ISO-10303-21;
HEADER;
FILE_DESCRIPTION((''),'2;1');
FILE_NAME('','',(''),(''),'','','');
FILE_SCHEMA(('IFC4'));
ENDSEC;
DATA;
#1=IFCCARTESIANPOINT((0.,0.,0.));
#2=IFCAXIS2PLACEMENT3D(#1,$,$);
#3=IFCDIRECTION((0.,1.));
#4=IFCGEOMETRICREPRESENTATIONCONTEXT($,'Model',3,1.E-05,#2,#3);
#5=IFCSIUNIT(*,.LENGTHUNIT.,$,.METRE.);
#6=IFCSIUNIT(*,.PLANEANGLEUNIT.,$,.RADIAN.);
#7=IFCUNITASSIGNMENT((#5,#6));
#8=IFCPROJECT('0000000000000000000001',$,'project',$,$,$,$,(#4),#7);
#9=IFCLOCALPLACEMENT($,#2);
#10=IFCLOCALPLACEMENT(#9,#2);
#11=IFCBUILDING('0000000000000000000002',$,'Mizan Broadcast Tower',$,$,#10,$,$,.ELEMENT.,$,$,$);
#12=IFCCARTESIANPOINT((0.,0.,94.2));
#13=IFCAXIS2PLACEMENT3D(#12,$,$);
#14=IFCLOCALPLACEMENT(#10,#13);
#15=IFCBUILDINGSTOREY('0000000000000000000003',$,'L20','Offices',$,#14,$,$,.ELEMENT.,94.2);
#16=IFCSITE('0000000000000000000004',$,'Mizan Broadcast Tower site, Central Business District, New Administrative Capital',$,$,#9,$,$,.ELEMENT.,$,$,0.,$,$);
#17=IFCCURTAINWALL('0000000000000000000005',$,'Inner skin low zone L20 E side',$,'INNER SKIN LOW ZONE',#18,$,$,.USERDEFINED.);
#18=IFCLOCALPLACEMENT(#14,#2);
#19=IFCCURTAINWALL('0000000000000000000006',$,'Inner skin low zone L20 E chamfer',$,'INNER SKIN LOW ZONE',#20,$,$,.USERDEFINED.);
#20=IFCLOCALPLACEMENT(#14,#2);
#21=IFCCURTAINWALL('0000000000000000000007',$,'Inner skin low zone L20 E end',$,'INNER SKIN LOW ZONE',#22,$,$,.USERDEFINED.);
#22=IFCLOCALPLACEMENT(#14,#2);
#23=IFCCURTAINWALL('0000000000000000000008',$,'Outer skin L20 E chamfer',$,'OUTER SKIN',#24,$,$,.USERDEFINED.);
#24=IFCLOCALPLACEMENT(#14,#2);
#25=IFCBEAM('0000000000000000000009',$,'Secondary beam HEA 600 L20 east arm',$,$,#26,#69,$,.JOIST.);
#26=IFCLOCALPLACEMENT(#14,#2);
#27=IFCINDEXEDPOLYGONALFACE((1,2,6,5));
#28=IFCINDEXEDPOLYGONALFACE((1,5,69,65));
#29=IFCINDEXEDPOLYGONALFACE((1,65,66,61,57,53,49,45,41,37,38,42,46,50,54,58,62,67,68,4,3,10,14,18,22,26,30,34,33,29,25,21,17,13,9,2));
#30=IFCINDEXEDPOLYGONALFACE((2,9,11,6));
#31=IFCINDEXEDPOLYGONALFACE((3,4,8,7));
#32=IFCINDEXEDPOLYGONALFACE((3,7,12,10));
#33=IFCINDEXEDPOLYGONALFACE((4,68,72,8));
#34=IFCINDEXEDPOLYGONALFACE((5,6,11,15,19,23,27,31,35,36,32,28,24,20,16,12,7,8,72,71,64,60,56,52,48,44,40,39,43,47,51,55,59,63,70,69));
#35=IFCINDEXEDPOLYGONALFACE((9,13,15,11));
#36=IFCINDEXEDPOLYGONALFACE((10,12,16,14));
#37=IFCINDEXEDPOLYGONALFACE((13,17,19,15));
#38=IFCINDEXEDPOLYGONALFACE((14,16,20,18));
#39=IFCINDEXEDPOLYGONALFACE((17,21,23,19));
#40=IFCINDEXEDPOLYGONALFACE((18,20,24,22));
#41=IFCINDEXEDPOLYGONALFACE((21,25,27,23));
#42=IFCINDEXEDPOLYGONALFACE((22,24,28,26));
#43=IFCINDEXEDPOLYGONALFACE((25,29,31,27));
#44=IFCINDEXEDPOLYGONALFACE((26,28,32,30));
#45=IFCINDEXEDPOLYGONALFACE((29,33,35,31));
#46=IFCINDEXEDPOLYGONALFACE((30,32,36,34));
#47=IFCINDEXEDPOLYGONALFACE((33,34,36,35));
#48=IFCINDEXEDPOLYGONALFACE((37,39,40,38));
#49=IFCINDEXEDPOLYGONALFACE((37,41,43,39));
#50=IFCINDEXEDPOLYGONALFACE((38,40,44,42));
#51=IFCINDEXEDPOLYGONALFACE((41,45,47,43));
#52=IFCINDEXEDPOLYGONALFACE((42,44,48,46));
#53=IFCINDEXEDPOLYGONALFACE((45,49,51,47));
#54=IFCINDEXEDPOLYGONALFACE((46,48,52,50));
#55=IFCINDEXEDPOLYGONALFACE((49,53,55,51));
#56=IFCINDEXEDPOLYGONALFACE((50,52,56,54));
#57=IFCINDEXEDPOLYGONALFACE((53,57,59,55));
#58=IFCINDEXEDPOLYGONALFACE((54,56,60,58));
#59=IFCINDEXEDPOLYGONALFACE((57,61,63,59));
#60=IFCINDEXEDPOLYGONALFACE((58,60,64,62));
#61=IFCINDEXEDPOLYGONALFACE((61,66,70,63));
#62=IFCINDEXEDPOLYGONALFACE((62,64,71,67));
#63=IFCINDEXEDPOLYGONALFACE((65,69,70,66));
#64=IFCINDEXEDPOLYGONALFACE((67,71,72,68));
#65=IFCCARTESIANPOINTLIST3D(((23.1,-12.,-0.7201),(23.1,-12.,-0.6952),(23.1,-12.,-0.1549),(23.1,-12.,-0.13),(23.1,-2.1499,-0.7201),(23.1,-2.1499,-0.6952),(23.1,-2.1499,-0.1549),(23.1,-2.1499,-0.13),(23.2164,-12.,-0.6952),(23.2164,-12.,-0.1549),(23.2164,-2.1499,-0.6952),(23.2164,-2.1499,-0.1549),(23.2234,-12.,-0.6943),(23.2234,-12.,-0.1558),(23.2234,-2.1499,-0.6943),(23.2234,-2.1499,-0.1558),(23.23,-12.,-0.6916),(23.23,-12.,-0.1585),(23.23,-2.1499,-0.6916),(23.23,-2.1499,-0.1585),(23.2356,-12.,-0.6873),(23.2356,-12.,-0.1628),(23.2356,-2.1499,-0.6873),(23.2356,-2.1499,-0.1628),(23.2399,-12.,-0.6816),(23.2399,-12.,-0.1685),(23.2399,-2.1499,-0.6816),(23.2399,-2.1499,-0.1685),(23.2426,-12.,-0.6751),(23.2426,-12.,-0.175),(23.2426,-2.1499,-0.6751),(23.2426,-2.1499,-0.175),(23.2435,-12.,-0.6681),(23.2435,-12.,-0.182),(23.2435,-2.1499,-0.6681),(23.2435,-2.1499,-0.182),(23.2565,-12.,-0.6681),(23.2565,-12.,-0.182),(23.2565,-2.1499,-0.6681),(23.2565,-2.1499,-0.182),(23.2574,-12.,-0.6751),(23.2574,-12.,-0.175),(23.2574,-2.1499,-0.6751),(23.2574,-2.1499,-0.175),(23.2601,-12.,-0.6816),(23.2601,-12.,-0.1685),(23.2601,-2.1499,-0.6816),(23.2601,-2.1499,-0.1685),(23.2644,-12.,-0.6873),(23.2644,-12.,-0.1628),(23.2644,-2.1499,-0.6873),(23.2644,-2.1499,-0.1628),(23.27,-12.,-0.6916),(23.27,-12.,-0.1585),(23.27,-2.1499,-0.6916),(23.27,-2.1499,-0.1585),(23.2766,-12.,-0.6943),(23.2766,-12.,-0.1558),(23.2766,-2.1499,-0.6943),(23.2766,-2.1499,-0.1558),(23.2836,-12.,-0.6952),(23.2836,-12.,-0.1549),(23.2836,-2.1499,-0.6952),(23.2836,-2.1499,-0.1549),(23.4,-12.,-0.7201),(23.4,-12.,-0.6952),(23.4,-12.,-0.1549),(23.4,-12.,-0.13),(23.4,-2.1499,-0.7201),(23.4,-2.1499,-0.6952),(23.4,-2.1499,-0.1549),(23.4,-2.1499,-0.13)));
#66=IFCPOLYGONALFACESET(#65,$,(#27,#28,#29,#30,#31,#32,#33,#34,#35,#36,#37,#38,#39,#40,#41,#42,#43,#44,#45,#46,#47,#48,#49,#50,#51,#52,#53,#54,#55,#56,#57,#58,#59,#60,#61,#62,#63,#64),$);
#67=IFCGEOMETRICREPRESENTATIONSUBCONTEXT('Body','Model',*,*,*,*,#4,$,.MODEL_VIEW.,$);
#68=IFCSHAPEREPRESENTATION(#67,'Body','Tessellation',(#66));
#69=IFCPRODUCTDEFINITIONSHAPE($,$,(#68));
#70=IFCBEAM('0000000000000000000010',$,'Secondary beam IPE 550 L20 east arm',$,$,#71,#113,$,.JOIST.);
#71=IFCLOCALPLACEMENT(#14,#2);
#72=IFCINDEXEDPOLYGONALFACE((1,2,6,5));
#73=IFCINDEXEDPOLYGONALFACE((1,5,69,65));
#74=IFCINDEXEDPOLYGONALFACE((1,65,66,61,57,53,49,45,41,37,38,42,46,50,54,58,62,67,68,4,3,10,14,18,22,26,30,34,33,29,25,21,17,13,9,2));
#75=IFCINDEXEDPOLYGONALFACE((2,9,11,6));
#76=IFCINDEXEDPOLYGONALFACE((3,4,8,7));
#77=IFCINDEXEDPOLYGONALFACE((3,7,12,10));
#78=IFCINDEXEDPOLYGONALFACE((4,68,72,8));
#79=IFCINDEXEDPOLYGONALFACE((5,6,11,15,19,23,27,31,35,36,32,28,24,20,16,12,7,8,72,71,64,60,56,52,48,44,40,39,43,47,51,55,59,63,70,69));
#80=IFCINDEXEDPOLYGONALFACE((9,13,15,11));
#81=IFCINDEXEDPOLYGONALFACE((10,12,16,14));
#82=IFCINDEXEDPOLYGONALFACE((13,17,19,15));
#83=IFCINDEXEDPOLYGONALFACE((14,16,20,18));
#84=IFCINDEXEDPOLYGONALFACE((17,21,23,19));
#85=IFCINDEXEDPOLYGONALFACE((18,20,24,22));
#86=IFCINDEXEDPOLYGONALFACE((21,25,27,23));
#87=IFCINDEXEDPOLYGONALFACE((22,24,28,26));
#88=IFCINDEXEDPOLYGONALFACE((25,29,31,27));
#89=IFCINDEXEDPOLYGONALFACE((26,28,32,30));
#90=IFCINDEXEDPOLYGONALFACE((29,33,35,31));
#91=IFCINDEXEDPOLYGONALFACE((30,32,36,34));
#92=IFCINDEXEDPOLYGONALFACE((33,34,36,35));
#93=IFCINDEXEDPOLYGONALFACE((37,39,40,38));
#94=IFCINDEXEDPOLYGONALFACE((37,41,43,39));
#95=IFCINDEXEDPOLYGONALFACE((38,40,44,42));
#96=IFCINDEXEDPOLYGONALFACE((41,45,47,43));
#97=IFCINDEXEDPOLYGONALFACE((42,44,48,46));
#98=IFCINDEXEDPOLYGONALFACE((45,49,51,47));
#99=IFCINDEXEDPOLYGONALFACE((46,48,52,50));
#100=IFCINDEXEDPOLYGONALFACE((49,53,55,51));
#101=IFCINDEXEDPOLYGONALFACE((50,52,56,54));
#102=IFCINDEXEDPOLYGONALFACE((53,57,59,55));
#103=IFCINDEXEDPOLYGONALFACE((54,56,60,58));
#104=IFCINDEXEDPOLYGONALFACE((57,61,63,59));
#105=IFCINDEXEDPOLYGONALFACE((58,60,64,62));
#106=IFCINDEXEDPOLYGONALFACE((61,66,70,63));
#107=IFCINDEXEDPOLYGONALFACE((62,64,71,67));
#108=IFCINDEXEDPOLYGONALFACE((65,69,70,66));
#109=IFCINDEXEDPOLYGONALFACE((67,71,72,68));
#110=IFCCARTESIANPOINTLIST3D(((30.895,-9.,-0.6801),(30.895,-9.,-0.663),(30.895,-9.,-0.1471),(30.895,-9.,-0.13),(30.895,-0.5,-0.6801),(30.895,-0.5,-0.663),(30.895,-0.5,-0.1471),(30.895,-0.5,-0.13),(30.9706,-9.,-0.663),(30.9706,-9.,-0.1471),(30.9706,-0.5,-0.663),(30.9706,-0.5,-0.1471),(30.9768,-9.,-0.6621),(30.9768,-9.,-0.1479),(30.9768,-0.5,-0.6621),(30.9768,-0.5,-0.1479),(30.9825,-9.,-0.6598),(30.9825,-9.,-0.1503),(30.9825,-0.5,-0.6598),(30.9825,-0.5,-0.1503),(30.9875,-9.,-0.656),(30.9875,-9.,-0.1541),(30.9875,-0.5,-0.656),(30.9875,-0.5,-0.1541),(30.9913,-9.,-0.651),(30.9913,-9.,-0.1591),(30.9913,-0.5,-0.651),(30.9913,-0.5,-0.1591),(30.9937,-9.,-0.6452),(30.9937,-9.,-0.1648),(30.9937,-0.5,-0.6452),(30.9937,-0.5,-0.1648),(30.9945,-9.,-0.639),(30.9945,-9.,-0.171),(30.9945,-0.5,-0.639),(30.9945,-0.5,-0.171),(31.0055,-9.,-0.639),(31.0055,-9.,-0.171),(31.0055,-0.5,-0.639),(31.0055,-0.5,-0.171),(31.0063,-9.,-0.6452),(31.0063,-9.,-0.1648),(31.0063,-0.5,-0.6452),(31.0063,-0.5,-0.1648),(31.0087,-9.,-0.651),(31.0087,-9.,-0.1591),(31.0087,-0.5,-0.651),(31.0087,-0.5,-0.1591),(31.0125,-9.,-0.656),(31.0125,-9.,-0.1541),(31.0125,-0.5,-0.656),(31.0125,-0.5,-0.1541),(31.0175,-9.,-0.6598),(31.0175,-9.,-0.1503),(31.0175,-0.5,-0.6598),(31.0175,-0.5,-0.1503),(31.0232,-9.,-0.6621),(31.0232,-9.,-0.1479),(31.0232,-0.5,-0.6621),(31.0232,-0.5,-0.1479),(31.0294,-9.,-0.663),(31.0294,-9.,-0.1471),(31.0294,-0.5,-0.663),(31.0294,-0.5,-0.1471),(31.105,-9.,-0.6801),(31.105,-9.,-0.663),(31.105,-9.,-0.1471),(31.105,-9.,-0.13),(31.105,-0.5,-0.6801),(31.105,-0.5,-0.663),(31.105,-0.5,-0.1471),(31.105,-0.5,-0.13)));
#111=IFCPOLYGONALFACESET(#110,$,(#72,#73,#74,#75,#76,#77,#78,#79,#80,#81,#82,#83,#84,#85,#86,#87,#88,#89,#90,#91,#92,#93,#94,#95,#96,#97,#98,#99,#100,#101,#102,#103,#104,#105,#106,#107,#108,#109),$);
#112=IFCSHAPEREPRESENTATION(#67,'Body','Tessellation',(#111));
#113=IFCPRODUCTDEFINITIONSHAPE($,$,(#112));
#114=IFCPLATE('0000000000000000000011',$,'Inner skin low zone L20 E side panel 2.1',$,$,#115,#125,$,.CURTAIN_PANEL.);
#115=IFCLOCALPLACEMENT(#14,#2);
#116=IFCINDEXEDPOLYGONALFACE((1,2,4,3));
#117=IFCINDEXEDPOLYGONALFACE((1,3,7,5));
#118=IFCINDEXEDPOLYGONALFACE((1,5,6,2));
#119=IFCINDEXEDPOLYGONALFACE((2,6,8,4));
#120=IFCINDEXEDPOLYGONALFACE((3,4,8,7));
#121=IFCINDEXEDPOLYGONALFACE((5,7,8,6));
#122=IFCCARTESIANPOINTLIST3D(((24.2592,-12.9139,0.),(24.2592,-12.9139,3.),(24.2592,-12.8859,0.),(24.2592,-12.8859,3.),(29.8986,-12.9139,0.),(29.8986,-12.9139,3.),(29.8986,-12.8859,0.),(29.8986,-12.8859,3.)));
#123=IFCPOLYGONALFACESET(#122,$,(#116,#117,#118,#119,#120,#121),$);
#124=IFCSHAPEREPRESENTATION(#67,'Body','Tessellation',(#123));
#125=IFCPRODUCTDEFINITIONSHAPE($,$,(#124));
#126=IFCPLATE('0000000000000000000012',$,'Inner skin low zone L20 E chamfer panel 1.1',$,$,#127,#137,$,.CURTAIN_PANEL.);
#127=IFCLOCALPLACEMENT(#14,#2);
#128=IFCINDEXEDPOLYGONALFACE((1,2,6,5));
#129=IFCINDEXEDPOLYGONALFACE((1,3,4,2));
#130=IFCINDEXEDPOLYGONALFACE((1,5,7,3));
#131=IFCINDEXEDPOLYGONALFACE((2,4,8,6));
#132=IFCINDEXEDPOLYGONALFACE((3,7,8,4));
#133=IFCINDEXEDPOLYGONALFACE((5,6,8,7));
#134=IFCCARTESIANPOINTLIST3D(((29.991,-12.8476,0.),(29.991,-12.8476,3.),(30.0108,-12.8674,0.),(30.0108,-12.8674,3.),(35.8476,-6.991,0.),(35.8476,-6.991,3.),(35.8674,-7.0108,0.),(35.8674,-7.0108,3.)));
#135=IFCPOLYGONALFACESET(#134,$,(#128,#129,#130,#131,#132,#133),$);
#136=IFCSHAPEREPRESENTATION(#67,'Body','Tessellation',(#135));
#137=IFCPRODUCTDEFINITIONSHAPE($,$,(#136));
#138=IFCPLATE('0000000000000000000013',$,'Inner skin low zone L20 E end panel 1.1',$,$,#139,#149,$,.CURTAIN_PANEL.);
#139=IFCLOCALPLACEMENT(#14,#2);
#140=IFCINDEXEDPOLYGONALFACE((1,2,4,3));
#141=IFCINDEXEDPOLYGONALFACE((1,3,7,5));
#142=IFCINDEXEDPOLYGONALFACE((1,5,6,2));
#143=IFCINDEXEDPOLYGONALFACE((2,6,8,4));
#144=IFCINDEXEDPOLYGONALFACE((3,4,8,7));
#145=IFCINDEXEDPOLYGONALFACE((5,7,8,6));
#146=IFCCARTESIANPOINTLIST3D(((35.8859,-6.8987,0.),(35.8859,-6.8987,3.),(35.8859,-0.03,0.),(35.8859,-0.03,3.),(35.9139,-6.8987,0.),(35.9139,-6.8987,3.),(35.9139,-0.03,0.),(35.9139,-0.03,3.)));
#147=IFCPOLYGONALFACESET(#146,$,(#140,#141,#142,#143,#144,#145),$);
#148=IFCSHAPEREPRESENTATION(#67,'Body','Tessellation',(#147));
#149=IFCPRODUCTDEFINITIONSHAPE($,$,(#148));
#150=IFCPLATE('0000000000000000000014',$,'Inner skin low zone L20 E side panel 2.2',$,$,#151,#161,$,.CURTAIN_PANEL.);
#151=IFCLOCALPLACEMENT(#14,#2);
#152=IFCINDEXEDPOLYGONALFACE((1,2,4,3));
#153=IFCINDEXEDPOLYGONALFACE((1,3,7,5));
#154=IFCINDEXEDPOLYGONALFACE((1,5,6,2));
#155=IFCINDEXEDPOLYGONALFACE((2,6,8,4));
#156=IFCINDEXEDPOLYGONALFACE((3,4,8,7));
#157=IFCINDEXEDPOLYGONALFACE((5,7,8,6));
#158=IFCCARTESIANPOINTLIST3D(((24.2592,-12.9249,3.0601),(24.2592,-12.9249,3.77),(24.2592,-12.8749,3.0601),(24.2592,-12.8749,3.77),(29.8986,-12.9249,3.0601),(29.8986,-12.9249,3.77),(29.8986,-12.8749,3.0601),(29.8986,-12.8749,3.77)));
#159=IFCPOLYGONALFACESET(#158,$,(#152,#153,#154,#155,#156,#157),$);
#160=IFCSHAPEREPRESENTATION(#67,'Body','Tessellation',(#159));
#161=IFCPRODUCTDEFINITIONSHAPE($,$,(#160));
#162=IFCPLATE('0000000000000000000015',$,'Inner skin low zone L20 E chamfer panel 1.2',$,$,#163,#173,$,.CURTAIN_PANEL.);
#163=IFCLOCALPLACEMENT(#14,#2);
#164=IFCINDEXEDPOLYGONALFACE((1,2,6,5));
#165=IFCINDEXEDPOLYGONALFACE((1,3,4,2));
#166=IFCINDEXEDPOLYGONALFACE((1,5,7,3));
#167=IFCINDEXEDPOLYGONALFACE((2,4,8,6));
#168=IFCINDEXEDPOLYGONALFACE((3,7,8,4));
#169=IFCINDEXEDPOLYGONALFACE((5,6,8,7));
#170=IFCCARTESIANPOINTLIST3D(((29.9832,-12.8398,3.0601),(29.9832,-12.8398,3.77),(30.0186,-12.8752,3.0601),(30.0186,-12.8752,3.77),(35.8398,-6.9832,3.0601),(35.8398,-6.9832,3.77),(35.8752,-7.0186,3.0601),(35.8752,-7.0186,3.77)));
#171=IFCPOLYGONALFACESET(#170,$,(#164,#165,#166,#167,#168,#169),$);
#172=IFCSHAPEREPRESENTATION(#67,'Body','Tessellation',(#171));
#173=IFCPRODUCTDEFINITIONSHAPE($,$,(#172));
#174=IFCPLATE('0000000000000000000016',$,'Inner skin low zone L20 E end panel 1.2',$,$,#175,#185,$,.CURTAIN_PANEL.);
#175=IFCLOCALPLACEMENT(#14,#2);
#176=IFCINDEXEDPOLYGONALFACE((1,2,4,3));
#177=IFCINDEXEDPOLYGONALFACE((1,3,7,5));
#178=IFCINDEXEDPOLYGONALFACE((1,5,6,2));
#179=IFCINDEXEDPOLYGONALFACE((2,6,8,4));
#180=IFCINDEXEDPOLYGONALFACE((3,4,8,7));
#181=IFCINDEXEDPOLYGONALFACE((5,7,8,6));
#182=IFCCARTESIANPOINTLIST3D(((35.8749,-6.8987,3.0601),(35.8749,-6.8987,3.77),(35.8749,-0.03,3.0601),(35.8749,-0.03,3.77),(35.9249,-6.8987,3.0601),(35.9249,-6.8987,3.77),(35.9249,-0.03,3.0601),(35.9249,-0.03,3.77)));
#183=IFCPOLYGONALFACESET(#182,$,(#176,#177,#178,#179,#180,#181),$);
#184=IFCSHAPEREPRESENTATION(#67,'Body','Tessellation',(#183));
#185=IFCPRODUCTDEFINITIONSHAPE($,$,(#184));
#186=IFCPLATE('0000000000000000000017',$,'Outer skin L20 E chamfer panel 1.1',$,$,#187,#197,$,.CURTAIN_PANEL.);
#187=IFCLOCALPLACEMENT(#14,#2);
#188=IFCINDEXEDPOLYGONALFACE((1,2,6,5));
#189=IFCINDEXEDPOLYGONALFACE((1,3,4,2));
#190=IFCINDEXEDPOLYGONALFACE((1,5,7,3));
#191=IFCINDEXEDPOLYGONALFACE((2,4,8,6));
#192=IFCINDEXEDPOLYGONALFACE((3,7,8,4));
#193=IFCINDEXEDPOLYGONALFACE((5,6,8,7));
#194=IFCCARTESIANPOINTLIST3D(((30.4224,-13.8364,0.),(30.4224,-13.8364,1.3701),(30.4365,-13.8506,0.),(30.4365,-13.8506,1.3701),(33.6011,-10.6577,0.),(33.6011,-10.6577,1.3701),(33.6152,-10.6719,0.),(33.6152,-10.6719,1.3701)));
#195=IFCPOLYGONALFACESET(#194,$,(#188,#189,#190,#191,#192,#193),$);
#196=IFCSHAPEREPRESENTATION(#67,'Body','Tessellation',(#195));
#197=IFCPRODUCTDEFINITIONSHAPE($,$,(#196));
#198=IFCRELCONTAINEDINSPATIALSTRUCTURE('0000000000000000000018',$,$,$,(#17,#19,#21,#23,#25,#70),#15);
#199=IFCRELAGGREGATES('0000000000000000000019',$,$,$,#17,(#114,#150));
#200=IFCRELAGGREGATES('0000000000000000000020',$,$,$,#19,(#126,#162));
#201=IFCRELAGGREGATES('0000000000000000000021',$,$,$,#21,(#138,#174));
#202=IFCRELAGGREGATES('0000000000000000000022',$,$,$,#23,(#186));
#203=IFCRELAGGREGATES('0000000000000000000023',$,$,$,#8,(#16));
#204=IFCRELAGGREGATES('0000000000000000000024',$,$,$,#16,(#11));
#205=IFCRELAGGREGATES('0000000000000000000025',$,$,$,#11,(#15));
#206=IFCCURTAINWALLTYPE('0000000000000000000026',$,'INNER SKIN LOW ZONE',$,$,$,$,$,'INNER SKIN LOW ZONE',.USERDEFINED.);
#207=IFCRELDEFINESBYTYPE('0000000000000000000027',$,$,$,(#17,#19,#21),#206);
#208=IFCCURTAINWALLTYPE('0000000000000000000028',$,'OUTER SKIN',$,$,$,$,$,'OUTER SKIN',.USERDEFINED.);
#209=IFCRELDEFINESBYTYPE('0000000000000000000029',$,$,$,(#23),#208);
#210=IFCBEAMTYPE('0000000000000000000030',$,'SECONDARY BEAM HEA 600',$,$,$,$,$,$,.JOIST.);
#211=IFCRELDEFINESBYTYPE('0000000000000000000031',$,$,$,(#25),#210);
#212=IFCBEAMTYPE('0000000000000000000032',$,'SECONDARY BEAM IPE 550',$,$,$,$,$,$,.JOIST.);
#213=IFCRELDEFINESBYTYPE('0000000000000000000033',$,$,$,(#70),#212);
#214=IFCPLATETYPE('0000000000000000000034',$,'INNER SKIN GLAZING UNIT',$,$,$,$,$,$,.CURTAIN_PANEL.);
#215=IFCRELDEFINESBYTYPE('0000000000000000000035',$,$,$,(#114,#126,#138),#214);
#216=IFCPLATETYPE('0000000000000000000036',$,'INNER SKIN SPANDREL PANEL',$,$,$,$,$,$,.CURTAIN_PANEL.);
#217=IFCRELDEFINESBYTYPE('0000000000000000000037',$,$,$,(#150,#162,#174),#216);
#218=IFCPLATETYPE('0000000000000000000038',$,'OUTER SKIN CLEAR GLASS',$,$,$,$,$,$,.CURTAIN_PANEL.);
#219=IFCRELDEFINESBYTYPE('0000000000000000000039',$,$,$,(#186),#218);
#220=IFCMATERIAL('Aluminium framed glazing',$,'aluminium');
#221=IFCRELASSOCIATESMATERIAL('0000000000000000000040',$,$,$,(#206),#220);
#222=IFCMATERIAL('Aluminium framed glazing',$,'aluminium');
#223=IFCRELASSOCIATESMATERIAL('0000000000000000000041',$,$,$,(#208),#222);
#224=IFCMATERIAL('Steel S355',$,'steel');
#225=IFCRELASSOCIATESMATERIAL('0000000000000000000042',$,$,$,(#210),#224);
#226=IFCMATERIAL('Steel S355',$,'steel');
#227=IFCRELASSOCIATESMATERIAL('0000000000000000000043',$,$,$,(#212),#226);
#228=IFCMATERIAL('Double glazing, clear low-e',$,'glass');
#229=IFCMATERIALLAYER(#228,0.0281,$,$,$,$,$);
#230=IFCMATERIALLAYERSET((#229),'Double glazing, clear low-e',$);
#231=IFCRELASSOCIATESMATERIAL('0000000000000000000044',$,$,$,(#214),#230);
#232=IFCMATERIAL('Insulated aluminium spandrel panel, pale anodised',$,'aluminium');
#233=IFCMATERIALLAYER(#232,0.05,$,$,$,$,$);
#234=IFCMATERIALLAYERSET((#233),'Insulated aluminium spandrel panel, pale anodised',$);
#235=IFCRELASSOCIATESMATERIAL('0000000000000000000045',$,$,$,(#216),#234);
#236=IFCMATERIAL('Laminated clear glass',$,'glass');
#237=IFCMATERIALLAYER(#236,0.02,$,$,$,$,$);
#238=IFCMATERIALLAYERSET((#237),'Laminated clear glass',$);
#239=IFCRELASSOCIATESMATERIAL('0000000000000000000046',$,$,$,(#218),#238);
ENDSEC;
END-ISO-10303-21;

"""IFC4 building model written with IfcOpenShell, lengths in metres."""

from ifc_helpers import new_model, si_unit, direction, frame, origin, origin_2d, place, context, subcontext, project, spatial, rectangle, i_section, extrude, material, layer, layer_set, material_profile, profile_set, type_object, element, aggregate, save


model = new_model("IFC4")

# Units and contexts
model_context = context("Model", 3, precision=1e-05, world=origin(), true_north=direction((0.0, 1.0)))
body_context = subcontext(model_context, "Body", "Model", "MODEL_VIEW")
ifc_project = project(units=[si_unit("LENGTHUNIT", "METRE"), si_unit("PLANEANGLEUNIT", "RADIAN")], contexts=[model_context])

# Site, building, storey
site_placement = place(None, origin())
site = spatial("IfcSite", under=ifc_project, at=site_placement, Name="Mizan Broadcast Tower site, Central Business District, New Administrative Capital", CompositionType="ELEMENT", RefElevation=0.0)
building_placement = place(site_placement, origin())
building = spatial("IfcBuilding", under=site, at=building_placement, Name="Mizan Broadcast Tower", CompositionType="ELEMENT")
storey_placement = place(building_placement, frame((0.0, 0.0, 94.2)))
storey = spatial("IfcBuildingStorey", under=building, at=storey_placement, Name="L20", Description="Offices", CompositionType="ELEMENT", Elevation=94.2)

# Curtain wall
ifc_material_1 = material(Name="Aluminium framed glazing", Category="aluminium")
curtain_wall_type_1 = type_object("IfcCurtainWallType", Name="INNER SKIN LOW ZONE", ElementType="INNER SKIN LOW ZONE", PredefinedType="USERDEFINED", material=ifc_material_1)
curtain_wall_1_placement = place(storey_placement, origin())
curtain_wall_1 = element("IfcCurtainWall", 1, at=curtain_wall_1_placement, inside=storey, type_object=curtain_wall_type_1, Name="Inner skin low zone L20 E side", ObjectType="INNER SKIN LOW ZONE", PredefinedType="USERDEFINED")

# Curtain wall
curtain_wall_2_placement = place(storey_placement, origin())
curtain_wall_2 = element("IfcCurtainWall", 2, at=curtain_wall_2_placement, inside=storey, type_object=curtain_wall_type_1, Name="Inner skin low zone L20 E chamfer", ObjectType="INNER SKIN LOW ZONE", PredefinedType="USERDEFINED")

# Curtain wall
curtain_wall_3_placement = place(storey_placement, origin())
curtain_wall_3 = element("IfcCurtainWall", 3, at=curtain_wall_3_placement, inside=storey, type_object=curtain_wall_type_1, Name="Inner skin low zone L20 E end", ObjectType="INNER SKIN LOW ZONE", PredefinedType="USERDEFINED")

# Curtain wall
ifc_material_2 = material(Name="Aluminium framed glazing", Category="aluminium")
curtain_wall_type_2 = type_object("IfcCurtainWallType", Name="OUTER SKIN", ElementType="OUTER SKIN", PredefinedType="USERDEFINED", material=ifc_material_2)
curtain_wall_4_placement = place(storey_placement, origin())
curtain_wall_4 = element("IfcCurtainWall", 4, at=curtain_wall_4_placement, inside=storey, type_object=curtain_wall_type_2, Name="Outer skin L20 E chamfer", ObjectType="OUTER SKIN", PredefinedType="USERDEFINED")

# Beams
ifc_material_3 = material(Name="Steel S355", Category="steel")
ifc_material_profile_1 = material_profile(ifc_material_3, i_section(OverallWidth=0.3, OverallDepth=0.5901, WebThickness=0.0129, FlangeThickness=0.0249, FilletRadius=0.0271, at=origin_2d()), Name="HEA 600")
ifc_profile_set_1 = profile_set([ifc_material_profile_1], Name="Steel S355")
beam_type_1 = type_object("IfcBeamType", Name="SECONDARY BEAM HEA 600", PredefinedType="JOIST", material=ifc_profile_set_1)
for number, where, z_axis, x_axis, name in (
    (5, (23.25, -12.0, -0.425), (0.0, 1.0, 0.0), (-1.0, 0.0, 0.0), "Secondary beam HEA 600 L20 east arm"),
):
    element("IfcBeam", number, at=place(storey_placement, frame(where, z_axis=z_axis, x_axis=x_axis)), inside=storey, type_object=beam_type_1, Name=name, PredefinedType="JOIST", context=body_context, shape_type="SweptSolid", body=[
        extrude(i_section(OverallWidth=0.3, OverallDepth=0.5901, WebThickness=0.0129, FlangeThickness=0.0249, FilletRadius=0.0271, at=origin_2d()), origin(), (0.0, 0.0, 1.0), 9.8501),
    ])
ifc_material_4 = material(Name="Steel S355", Category="steel")
ifc_material_profile_2 = material_profile(ifc_material_4, i_section(OverallWidth=0.21, OverallDepth=0.55, WebThickness=0.011, FlangeThickness=0.0171, FilletRadius=0.0239, at=origin_2d()), Name="IPE 550")
ifc_profile_set_2 = profile_set([ifc_material_profile_2], Name="Steel S355")
beam_type_2 = type_object("IfcBeamType", Name="SECONDARY BEAM IPE 550", PredefinedType="JOIST", material=ifc_profile_set_2)
beam_1_placement = place(storey_placement, frame((31.0, -9.0, -0.405), z_axis=(0.0, 1.0, 0.0), x_axis=(-1.0, 0.0, 0.0)))
element("IfcBeam", 6, at=beam_1_placement, inside=storey, type_object=beam_type_2, Name="Secondary beam IPE 550 L20 east arm", PredefinedType="JOIST", context=body_context, shape_type="SweptSolid", body=[
    extrude(i_section(OverallWidth=0.21, OverallDepth=0.55, WebThickness=0.011, FlangeThickness=0.0171, FilletRadius=0.0239, at=origin_2d()), origin(), (0.0, 0.0, 1.0), 8.5),
])

# Plates
ifc_material_5 = material(Name="Double glazing, clear low-e", Category="glass")
ifc_layer_1 = layer(ifc_material_5, 0.0281)
ifc_layer_set_1 = layer_set([ifc_layer_1], Name="Double glazing, clear low-e")
plate_type_1 = type_object("IfcPlateType", Name="INNER SKIN GLAZING UNIT", PredefinedType="CURTAIN_PANEL", material=ifc_layer_set_1)
plate_1_placement = place(storey_placement, frame((27.0789, -12.8999, 0.0), z_axis=(0.0, 0.0, 1.0), x_axis=(1.0, 0.0, 0.0)))
plate_1 = element("IfcPlate", 7, at=plate_1_placement, type_object=plate_type_1, Name="Inner skin low zone L20 E side panel 2.1", PredefinedType="CURTAIN_PANEL", context=body_context, shape_type="SweptSolid", body=[
    extrude(rectangle(XDim=5.6394, YDim=0.0281, at=origin_2d()), origin(), (0.0, 0.0, 1.0), 3.0),
])
plate_2_placement = place(storey_placement, frame((32.9292, -9.9292, 0.0), z_axis=(0.0, 0.0, 1.0), x_axis=(0.707107, 0.707107, 0.0)))
plate_2 = element("IfcPlate", 8, at=plate_2_placement, type_object=plate_type_1, Name="Inner skin low zone L20 E chamfer panel 1.1", PredefinedType="CURTAIN_PANEL", context=body_context, shape_type="SweptSolid", body=[
    extrude(rectangle(XDim=8.2825, YDim=0.0281, at=origin_2d()), origin(), (0.0, 0.0, 1.0), 3.0),
])
plate_3_placement = place(storey_placement, frame((35.8999, -3.4644, 0.0), z_axis=(0.0, 0.0, 1.0), x_axis=(0.0, 1.0, 0.0)))
plate_3 = element("IfcPlate", 9, at=plate_3_placement, type_object=plate_type_1, Name="Inner skin low zone L20 E end panel 1.1", PredefinedType="CURTAIN_PANEL", context=body_context, shape_type="SweptSolid", body=[
    extrude(rectangle(XDim=6.8687, YDim=0.0281, at=origin_2d()), origin(), (0.0, 0.0, 1.0), 3.0),
])
ifc_material_6 = material(Name="Insulated aluminium spandrel panel, pale anodised", Category="aluminium")
ifc_layer_2 = layer(ifc_material_6, 0.05)
ifc_layer_set_2 = layer_set([ifc_layer_2], Name="Insulated aluminium spandrel panel, pale anodised")
plate_type_2 = type_object("IfcPlateType", Name="INNER SKIN SPANDREL PANEL", PredefinedType="CURTAIN_PANEL", material=ifc_layer_set_2)
plate_4_placement = place(storey_placement, frame((27.0789, -12.8999, 3.0601), z_axis=(0.0, 0.0, 1.0), x_axis=(1.0, 0.0, 0.0)))
plate_4 = element("IfcPlate", 10, at=plate_4_placement, type_object=plate_type_2, Name="Inner skin low zone L20 E side panel 2.2", PredefinedType="CURTAIN_PANEL", context=body_context, shape_type="SweptSolid", body=[
    extrude(rectangle(XDim=5.6394, YDim=0.05, at=origin_2d()), origin(), (0.0, 0.0, 1.0), 0.71),
])
aggregate(curtain_wall_1, [plate_1, plate_4])
plate_5_placement = place(storey_placement, frame((32.9292, -9.9292, 3.0601), z_axis=(0.0, 0.0, 1.0), x_axis=(0.707107, 0.707107, 0.0)))
plate_5 = element("IfcPlate", 11, at=plate_5_placement, type_object=plate_type_2, Name="Inner skin low zone L20 E chamfer panel 1.2", PredefinedType="CURTAIN_PANEL", context=body_context, shape_type="SweptSolid", body=[
    extrude(rectangle(XDim=8.2825, YDim=0.05, at=origin_2d()), origin(), (0.0, 0.0, 1.0), 0.71),
])
aggregate(curtain_wall_2, [plate_2, plate_5])
plate_6_placement = place(storey_placement, frame((35.8999, -3.4644, 3.0601), z_axis=(0.0, 0.0, 1.0), x_axis=(0.0, 1.0, 0.0)))
plate_6 = element("IfcPlate", 12, at=plate_6_placement, type_object=plate_type_2, Name="Inner skin low zone L20 E end panel 1.2", PredefinedType="CURTAIN_PANEL", context=body_context, shape_type="SweptSolid", body=[
    extrude(rectangle(XDim=6.8687, YDim=0.05, at=origin_2d()), origin(), (0.0, 0.0, 1.0), 0.71),
])
aggregate(curtain_wall_3, [plate_3, plate_6])
ifc_material_7 = material(Name="Laminated clear glass", Category="glass")
ifc_layer_3 = layer(ifc_material_7, 0.02)
ifc_layer_set_3 = layer_set([ifc_layer_3], Name="Laminated clear glass")
plate_type_3 = type_object("IfcPlateType", Name="OUTER SKIN CLEAR GLASS", PredefinedType="CURTAIN_PANEL", material=ifc_layer_set_3)
plate_7_placement = place(storey_placement, frame((32.0188, -12.2542, 0.0), z_axis=(0.0, 0.0, 1.0), x_axis=(0.707107, 0.707107, 0.0)))
plate_7 = element("IfcPlate", 13, at=plate_7_placement, type_object=plate_type_3, Name="Outer skin L20 E chamfer panel 1.1", PredefinedType="CURTAIN_PANEL", context=body_context, shape_type="SweptSolid", body=[
    extrude(rectangle(XDim=4.4954, YDim=0.02, at=origin_2d()), origin(), (0.0, 0.0, 1.0), 1.3701),
])
aggregate(curtain_wall_4, [plate_7])

save(model, "model.ifc")
